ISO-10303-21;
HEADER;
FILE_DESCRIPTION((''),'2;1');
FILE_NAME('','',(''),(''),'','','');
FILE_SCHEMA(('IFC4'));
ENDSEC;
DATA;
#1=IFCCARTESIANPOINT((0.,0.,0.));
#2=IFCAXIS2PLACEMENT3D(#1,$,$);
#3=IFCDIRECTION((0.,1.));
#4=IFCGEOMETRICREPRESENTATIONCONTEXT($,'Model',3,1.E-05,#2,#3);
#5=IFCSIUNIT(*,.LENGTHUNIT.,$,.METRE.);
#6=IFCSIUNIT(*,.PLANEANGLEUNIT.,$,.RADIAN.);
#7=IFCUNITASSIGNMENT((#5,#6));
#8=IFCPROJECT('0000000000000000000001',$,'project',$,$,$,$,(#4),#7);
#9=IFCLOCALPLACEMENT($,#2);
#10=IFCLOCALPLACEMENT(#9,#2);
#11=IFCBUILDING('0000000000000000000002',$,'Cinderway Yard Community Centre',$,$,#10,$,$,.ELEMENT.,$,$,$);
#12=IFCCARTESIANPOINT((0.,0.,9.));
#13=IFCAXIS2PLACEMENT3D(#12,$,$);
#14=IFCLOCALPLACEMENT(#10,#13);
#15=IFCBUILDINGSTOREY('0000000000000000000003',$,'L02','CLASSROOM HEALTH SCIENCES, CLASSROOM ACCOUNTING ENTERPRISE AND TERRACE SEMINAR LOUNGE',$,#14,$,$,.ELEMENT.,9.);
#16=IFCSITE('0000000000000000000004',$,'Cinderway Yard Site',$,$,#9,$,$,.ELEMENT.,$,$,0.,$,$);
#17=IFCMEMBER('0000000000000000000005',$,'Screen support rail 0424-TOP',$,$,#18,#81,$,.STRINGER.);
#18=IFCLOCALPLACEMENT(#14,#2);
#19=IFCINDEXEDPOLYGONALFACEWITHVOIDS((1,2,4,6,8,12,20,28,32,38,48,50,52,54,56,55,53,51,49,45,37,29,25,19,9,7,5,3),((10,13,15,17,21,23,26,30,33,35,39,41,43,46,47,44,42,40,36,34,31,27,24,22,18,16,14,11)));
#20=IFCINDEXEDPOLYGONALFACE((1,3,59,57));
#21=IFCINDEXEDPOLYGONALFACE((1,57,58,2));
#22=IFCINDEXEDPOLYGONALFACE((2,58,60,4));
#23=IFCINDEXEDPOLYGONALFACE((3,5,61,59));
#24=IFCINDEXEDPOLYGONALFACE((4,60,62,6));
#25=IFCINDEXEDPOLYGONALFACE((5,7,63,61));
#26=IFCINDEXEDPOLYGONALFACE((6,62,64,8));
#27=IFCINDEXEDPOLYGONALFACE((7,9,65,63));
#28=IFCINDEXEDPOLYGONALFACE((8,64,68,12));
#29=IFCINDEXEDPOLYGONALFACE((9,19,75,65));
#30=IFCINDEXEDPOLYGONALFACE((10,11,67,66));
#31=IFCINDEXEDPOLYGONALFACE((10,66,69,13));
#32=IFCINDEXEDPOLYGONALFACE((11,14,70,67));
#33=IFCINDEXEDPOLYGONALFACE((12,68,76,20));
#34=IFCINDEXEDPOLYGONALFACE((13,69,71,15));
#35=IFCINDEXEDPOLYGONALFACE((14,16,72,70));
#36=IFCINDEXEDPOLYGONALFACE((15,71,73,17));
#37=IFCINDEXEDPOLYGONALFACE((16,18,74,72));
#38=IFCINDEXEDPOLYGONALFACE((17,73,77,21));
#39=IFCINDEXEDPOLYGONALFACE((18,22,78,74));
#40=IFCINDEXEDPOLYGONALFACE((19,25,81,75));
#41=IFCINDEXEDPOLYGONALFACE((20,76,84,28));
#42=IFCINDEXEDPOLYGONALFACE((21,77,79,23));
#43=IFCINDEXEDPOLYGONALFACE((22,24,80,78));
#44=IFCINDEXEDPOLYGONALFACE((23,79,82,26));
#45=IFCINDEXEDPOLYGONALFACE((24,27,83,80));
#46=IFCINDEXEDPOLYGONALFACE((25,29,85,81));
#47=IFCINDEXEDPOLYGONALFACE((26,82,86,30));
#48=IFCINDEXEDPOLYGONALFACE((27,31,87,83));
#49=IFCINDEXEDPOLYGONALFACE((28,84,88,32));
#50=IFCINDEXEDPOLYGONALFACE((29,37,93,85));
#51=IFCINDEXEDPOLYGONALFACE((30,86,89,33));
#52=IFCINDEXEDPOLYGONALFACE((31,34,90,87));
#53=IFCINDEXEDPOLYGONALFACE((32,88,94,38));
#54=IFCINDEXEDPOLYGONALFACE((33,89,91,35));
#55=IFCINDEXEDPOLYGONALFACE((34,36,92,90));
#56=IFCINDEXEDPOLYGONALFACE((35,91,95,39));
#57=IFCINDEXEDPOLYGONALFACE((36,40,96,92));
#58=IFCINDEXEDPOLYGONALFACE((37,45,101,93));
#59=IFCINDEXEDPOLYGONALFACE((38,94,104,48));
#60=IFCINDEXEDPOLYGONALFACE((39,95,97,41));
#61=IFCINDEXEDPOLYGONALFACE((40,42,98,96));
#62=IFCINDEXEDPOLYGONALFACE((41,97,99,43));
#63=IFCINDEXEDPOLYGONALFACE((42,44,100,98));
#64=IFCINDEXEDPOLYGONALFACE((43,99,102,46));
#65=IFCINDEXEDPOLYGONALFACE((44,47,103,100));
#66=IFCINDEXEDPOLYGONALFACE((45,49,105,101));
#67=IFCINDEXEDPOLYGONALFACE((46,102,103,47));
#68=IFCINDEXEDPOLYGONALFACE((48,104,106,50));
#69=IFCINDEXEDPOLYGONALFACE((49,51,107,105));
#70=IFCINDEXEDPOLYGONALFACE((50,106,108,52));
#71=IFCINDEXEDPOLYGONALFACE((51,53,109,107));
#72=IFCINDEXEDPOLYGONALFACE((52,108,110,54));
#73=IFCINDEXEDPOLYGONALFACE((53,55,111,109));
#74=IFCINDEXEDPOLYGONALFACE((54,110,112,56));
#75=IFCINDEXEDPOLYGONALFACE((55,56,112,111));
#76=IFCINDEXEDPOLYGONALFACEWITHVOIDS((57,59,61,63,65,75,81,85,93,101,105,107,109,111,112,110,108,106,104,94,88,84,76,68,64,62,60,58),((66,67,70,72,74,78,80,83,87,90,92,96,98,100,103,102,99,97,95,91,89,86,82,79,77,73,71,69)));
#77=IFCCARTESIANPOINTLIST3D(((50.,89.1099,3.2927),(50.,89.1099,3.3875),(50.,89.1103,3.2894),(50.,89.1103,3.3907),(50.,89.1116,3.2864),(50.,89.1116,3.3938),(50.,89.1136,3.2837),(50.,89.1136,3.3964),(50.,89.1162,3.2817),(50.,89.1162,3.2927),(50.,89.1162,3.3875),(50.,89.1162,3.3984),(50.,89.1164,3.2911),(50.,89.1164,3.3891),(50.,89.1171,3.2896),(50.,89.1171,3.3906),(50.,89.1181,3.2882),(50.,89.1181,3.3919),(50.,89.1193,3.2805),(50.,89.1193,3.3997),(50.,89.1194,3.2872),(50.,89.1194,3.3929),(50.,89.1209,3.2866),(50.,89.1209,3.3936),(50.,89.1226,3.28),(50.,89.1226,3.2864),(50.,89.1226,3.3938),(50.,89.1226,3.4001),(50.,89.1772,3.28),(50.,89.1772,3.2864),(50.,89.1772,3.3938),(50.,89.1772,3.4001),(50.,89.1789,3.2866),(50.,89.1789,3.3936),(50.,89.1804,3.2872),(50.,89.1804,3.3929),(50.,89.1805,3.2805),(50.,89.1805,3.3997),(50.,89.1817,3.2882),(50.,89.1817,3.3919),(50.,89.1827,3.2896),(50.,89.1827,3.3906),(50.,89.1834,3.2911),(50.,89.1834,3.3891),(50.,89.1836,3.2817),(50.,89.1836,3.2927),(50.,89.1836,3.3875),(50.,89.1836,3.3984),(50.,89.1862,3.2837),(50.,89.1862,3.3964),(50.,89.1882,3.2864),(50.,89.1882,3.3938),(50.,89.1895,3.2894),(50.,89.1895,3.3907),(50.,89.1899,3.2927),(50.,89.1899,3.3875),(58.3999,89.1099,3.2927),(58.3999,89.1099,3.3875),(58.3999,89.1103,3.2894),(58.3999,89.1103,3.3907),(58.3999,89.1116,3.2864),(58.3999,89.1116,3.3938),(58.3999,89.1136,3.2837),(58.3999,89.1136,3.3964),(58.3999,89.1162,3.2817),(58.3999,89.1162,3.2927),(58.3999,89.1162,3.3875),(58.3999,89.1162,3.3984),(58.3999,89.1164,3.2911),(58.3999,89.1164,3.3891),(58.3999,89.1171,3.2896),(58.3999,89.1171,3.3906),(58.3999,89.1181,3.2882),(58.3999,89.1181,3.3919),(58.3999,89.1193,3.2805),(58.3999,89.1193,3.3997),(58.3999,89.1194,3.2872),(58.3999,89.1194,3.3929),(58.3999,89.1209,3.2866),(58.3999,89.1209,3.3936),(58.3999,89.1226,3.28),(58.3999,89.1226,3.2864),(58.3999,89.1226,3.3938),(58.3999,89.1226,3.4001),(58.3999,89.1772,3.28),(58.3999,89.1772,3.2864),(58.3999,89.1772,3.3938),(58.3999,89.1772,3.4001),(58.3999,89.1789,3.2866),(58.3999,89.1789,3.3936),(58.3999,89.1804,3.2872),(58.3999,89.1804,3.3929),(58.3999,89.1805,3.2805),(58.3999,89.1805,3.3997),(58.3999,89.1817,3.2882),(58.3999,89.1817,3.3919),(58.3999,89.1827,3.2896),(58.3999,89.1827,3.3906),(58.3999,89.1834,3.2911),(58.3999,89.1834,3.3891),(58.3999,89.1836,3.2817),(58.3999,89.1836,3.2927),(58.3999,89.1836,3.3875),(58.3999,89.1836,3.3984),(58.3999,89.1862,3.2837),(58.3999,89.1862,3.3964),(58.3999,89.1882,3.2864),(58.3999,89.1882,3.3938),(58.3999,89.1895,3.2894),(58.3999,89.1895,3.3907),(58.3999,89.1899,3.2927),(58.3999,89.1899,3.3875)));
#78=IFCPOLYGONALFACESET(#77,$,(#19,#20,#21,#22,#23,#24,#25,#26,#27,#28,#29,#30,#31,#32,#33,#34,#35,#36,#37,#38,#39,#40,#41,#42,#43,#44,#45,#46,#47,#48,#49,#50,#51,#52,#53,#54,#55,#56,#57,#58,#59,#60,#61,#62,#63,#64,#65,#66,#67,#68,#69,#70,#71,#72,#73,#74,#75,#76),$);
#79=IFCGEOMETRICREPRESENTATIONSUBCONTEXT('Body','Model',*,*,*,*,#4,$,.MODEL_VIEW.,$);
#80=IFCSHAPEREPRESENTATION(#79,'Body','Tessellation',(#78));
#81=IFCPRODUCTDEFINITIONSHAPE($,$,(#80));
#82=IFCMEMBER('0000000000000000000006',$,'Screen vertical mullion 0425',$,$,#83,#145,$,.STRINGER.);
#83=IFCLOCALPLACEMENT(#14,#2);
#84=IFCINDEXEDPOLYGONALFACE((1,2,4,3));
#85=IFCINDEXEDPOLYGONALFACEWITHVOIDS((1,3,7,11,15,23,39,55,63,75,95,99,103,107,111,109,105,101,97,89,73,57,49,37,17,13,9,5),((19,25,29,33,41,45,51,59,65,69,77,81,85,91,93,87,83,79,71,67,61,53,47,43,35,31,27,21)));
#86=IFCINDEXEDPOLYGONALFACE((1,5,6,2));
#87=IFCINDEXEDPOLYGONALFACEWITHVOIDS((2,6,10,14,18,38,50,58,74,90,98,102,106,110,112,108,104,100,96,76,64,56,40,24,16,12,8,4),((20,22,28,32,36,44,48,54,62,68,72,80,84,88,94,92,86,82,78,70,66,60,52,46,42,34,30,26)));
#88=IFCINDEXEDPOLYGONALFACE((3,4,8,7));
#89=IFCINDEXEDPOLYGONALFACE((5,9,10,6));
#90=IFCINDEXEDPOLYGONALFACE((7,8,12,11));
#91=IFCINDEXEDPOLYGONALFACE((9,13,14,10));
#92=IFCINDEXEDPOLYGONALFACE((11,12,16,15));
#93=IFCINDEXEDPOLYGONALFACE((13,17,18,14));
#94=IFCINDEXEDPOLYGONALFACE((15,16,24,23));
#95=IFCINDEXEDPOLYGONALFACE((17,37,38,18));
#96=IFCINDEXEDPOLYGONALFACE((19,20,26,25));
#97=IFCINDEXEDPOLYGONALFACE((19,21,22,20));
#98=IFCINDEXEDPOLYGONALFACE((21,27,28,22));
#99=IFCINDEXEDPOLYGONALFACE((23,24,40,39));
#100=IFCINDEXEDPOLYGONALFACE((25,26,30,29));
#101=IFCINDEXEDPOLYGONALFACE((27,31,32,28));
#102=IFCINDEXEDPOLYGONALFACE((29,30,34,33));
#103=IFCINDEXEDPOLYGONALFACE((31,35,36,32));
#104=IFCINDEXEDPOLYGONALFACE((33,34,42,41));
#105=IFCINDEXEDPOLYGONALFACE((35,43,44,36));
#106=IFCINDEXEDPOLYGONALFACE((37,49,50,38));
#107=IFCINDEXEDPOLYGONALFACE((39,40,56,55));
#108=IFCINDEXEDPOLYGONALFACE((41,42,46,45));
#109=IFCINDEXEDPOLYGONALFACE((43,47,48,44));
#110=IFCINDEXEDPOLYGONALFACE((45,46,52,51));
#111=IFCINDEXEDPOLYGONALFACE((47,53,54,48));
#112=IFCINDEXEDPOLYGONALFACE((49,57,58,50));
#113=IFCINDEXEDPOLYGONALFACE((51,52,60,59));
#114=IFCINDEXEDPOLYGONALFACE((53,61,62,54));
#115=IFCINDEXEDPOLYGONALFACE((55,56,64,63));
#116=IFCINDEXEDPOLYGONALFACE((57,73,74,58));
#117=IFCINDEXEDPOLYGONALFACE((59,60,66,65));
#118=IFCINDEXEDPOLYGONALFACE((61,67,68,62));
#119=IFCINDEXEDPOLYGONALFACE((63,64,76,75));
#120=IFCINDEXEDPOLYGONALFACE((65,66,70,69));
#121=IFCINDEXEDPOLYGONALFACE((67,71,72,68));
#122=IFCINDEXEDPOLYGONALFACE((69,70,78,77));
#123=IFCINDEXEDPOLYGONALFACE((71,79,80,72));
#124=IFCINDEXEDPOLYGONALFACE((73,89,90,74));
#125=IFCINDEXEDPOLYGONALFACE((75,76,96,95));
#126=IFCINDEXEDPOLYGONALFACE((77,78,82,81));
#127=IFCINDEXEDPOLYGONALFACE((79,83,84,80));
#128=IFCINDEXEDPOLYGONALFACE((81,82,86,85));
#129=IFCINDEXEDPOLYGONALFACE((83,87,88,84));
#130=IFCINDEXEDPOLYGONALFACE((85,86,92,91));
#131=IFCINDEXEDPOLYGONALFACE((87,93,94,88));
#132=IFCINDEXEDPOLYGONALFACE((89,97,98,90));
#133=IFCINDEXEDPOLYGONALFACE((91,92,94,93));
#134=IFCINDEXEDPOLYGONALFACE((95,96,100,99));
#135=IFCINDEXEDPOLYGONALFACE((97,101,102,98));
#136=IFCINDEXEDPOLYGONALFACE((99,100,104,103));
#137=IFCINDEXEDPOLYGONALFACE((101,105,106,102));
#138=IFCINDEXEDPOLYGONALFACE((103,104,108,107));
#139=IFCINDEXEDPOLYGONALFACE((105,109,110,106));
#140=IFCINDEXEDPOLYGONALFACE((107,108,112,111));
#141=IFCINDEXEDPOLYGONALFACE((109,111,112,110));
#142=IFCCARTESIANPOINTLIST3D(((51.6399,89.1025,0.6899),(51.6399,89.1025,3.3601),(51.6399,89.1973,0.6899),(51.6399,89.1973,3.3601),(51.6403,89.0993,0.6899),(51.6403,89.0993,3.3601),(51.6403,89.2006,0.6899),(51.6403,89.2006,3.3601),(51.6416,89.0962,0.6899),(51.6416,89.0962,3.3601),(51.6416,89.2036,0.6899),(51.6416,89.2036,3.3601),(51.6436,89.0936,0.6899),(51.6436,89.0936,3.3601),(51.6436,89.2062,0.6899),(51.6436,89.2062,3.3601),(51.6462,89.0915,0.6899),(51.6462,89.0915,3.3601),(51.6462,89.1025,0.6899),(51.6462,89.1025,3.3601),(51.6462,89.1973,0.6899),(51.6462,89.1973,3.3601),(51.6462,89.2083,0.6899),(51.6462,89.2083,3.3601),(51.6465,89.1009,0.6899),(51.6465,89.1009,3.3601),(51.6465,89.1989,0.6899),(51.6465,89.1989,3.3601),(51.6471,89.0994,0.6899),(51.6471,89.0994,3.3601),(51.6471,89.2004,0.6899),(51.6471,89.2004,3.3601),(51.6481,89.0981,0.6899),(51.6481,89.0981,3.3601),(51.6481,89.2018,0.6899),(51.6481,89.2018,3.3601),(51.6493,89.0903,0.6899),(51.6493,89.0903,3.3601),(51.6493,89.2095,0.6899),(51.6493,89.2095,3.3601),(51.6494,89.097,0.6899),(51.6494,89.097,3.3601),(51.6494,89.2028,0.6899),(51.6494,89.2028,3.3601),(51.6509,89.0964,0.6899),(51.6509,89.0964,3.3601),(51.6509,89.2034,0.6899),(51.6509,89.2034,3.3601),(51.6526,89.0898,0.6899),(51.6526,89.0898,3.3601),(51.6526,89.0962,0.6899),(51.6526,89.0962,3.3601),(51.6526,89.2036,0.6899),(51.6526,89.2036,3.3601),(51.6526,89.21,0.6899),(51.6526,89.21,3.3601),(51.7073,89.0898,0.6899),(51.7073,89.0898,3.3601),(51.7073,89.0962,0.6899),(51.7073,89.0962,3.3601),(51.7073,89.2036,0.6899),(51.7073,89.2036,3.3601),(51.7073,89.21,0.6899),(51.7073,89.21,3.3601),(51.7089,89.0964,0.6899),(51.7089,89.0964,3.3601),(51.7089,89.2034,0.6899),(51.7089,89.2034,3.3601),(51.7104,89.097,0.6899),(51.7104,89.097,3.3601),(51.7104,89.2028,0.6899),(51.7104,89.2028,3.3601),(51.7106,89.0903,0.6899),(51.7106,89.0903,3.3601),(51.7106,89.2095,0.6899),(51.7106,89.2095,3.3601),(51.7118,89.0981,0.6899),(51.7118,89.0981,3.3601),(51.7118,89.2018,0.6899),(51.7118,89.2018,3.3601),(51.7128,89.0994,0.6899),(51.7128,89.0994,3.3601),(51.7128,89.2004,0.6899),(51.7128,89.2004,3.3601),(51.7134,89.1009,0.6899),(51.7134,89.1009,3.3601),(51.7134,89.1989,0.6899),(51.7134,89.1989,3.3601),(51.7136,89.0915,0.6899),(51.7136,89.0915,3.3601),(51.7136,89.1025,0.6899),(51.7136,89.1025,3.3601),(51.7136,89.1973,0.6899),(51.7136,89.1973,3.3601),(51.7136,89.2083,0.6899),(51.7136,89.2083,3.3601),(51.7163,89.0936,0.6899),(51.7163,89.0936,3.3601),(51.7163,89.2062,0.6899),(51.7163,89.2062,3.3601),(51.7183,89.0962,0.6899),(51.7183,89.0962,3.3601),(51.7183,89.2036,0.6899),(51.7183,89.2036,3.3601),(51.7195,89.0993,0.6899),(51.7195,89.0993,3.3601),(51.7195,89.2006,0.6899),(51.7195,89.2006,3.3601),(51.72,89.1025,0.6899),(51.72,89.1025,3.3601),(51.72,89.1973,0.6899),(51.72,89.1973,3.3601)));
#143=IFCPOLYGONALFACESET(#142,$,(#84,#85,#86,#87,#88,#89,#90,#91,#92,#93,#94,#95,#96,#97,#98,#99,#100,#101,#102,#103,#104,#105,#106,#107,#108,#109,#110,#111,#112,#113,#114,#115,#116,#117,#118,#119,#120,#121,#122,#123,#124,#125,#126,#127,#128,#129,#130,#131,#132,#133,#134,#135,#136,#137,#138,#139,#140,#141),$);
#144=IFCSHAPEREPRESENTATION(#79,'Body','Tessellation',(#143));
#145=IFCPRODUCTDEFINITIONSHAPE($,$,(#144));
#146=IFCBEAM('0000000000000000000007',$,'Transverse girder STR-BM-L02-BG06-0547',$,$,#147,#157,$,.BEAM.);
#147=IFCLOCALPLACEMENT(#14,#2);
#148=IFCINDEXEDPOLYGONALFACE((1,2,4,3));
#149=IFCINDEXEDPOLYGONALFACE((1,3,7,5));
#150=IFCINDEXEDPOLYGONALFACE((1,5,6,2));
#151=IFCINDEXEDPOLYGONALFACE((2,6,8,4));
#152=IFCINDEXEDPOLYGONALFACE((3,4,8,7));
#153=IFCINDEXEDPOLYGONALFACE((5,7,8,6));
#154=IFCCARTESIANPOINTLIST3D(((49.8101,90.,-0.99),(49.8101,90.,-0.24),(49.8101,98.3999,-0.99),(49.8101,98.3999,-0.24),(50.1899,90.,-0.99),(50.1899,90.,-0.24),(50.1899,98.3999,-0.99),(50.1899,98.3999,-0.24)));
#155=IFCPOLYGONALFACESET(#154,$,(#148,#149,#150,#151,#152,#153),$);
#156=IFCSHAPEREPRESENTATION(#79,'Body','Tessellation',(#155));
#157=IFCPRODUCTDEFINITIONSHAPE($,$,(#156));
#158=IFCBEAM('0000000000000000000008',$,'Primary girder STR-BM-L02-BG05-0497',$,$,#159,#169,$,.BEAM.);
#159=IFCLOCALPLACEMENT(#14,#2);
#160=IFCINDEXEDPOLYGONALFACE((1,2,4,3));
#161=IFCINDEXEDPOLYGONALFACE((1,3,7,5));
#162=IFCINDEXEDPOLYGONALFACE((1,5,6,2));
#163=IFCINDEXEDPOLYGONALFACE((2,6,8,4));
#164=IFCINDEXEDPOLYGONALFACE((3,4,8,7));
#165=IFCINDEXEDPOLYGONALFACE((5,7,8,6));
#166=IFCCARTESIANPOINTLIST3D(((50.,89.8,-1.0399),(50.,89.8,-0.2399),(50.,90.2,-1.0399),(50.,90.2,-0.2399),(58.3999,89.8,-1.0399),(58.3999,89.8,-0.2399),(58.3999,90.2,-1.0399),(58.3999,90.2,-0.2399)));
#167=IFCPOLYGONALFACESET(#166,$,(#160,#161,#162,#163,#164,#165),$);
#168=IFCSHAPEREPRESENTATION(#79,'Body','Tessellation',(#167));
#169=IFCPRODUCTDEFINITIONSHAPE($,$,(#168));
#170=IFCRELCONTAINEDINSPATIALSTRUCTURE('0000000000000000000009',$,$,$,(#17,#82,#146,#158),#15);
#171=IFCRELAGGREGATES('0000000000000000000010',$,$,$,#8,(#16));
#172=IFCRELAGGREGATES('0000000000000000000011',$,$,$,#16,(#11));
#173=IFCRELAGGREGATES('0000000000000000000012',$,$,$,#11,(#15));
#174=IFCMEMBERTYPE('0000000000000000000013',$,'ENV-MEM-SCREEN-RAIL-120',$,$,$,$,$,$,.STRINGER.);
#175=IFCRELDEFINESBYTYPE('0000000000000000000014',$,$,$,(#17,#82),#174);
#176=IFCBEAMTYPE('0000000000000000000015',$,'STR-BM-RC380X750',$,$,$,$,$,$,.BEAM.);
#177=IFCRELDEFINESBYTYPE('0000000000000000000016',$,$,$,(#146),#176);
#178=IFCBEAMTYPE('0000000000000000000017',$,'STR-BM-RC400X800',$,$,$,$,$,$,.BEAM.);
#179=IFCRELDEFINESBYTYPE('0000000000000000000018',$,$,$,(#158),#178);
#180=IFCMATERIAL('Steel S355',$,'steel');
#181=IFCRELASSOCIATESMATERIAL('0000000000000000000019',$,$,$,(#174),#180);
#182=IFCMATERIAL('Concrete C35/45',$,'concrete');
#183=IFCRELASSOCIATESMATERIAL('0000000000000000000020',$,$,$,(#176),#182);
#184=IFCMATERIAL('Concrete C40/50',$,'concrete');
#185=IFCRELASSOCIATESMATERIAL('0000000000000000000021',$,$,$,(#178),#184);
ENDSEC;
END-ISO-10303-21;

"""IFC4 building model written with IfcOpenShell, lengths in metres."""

from ifc_helpers import new_model, si_unit, direction, frame, origin, origin_2d, place, context, subcontext, project, spatial, rectangle, hollow_rectangle, extrude, material, material_profile, profile_set, type_object, element, save


model = new_model("IFC4")

# Units and contexts
model_context = context("Model", 3, precision=1e-05, world=origin(), true_north=direction((0.0, 1.0)))
body_context = subcontext(model_context, "Body", "Model", "MODEL_VIEW")
ifc_project = project(units=[si_unit("LENGTHUNIT", "METRE"), si_unit("PLANEANGLEUNIT", "RADIAN")], contexts=[model_context])

# Site, building, storey
site_placement = place(None, origin())
site = spatial("IfcSite", under=ifc_project, at=site_placement, Name="Cinderway Yard Site", CompositionType="ELEMENT", RefElevation=0.0)
building_placement = place(site_placement, origin())
building = spatial("IfcBuilding", under=site, at=building_placement, Name="Cinderway Yard Community Centre", CompositionType="ELEMENT")
storey_placement = place(building_placement, frame((0.0, 0.0, 9.0)))
storey = spatial("IfcBuildingStorey", under=building, at=storey_placement, Name="L02", Description="CLASSROOM HEALTH SCIENCES, CLASSROOM ACCOUNTING ENTERPRISE AND TERRACE SEMINAR LOUNGE", CompositionType="ELEMENT", Elevation=9.0)

# Shared definitions
ifc_material_1 = material(Name="Concrete C40/50", Category="concrete")

# Members
ifc_material_2 = material(Name="Steel S355", Category="steel")
ifc_material_profile_1 = material_profile(ifc_material_2, hollow_rectangle(XDim=0.0801, YDim=0.1201, WallThickness=0.0063, InnerFilletRadius=0.0063, OuterFilletRadius=0.0127, at=origin_2d()), Name="Steel S355")
ifc_profile_set_1 = profile_set([ifc_material_profile_1], Name="Steel S355")
member_type_1 = type_object("IfcMemberType", Name="ENV-MEM-SCREEN-RAIL-120", PredefinedType="STRINGER", material=ifc_profile_set_1)
for number, where, z_axis, x_axis, name in (
    (1, (50.0, 89.1499, 3.3401), (1.0, 0.0, 0.0), (0.0, 1.0, 0.0), "Screen support rail 0424-TOP"),
):
    element("IfcMember", number, at=place(storey_placement, frame(where, z_axis=z_axis, x_axis=x_axis)), inside=storey, type_object=member_type_1, Name=name, PredefinedType="STRINGER", context=body_context, shape_type="SweptSolid", body=[
        extrude(hollow_rectangle(XDim=0.0801, YDim=0.1201, WallThickness=0.0063, InnerFilletRadius=0.0063, OuterFilletRadius=0.0127, at=origin_2d()), origin(), (0.0, 0.0, 1.0), 8.3999),
    ])
member_1_placement = place(storey_placement, frame((51.6799, 89.1499, 0.6899), z_axis=(0.0, 0.0, 1.0), x_axis=(1.0, 0.0, 0.0)))
element("IfcMember", 2, at=member_1_placement, inside=storey, type_object=member_type_1, Name="Screen vertical mullion 0425", PredefinedType="STRINGER", context=body_context, shape_type="SweptSolid", body=[
    extrude(hollow_rectangle(XDim=0.0801, YDim=0.1201, WallThickness=0.0063, InnerFilletRadius=0.0063, OuterFilletRadius=0.0127, at=origin_2d()), origin(), (0.0, 0.0, 1.0), 2.6702),
])

# Beams
ifc_material_3 = material(Name="Concrete C35/45", Category="concrete")
ifc_material_profile_2 = material_profile(ifc_material_3, rectangle(XDim=0.3799, YDim=0.75, at=origin_2d()), Name="Concrete C35/45")
ifc_profile_set_2 = profile_set([ifc_material_profile_2], Name="Concrete C35/45")
beam_type_1 = type_object("IfcBeamType", Name="STR-BM-RC380X750", PredefinedType="BEAM", material=ifc_profile_set_2)
beam_1_placement = place(storey_placement, frame((50.0, 90.0, -0.615), z_axis=(0.0, 1.0, 0.0), x_axis=(-1.0, 0.0, 0.0)))
element("IfcBeam", 3, at=beam_1_placement, inside=storey, type_object=beam_type_1, Name="Transverse girder STR-BM-L02-BG06-0547", PredefinedType="BEAM", context=body_context, shape_type="SweptSolid", body=[
    extrude(rectangle(XDim=0.3799, YDim=0.75, at=origin_2d()), origin(), (0.0, 0.0, 1.0), 8.3999),
])
ifc_material_profile_3 = material_profile(ifc_material_1, rectangle(XDim=0.3999, YDim=0.8, at=origin_2d()), Name="Concrete C40/50")
ifc_profile_set_3 = profile_set([ifc_material_profile_3], Name="Concrete C40/50")
beam_type_2 = type_object("IfcBeamType", Name="STR-BM-RC400X800", PredefinedType="BEAM", material=ifc_profile_set_3)
beam_2_placement = place(storey_placement, frame((50.0, 90.0, -0.6399), z_axis=(1.0, 0.0, 0.0), x_axis=(0.0, 1.0, 0.0)))
element("IfcBeam", 4, at=beam_2_placement, inside=storey, type_object=beam_type_2, Name="Primary girder STR-BM-L02-BG05-0497", PredefinedType="BEAM", context=body_context, shape_type="SweptSolid", body=[
    extrude(rectangle(XDim=0.3999, YDim=0.8, at=origin_2d()), origin(), (0.0, 0.0, 1.0), 8.3999),
])

save(model, "model.ifc")
